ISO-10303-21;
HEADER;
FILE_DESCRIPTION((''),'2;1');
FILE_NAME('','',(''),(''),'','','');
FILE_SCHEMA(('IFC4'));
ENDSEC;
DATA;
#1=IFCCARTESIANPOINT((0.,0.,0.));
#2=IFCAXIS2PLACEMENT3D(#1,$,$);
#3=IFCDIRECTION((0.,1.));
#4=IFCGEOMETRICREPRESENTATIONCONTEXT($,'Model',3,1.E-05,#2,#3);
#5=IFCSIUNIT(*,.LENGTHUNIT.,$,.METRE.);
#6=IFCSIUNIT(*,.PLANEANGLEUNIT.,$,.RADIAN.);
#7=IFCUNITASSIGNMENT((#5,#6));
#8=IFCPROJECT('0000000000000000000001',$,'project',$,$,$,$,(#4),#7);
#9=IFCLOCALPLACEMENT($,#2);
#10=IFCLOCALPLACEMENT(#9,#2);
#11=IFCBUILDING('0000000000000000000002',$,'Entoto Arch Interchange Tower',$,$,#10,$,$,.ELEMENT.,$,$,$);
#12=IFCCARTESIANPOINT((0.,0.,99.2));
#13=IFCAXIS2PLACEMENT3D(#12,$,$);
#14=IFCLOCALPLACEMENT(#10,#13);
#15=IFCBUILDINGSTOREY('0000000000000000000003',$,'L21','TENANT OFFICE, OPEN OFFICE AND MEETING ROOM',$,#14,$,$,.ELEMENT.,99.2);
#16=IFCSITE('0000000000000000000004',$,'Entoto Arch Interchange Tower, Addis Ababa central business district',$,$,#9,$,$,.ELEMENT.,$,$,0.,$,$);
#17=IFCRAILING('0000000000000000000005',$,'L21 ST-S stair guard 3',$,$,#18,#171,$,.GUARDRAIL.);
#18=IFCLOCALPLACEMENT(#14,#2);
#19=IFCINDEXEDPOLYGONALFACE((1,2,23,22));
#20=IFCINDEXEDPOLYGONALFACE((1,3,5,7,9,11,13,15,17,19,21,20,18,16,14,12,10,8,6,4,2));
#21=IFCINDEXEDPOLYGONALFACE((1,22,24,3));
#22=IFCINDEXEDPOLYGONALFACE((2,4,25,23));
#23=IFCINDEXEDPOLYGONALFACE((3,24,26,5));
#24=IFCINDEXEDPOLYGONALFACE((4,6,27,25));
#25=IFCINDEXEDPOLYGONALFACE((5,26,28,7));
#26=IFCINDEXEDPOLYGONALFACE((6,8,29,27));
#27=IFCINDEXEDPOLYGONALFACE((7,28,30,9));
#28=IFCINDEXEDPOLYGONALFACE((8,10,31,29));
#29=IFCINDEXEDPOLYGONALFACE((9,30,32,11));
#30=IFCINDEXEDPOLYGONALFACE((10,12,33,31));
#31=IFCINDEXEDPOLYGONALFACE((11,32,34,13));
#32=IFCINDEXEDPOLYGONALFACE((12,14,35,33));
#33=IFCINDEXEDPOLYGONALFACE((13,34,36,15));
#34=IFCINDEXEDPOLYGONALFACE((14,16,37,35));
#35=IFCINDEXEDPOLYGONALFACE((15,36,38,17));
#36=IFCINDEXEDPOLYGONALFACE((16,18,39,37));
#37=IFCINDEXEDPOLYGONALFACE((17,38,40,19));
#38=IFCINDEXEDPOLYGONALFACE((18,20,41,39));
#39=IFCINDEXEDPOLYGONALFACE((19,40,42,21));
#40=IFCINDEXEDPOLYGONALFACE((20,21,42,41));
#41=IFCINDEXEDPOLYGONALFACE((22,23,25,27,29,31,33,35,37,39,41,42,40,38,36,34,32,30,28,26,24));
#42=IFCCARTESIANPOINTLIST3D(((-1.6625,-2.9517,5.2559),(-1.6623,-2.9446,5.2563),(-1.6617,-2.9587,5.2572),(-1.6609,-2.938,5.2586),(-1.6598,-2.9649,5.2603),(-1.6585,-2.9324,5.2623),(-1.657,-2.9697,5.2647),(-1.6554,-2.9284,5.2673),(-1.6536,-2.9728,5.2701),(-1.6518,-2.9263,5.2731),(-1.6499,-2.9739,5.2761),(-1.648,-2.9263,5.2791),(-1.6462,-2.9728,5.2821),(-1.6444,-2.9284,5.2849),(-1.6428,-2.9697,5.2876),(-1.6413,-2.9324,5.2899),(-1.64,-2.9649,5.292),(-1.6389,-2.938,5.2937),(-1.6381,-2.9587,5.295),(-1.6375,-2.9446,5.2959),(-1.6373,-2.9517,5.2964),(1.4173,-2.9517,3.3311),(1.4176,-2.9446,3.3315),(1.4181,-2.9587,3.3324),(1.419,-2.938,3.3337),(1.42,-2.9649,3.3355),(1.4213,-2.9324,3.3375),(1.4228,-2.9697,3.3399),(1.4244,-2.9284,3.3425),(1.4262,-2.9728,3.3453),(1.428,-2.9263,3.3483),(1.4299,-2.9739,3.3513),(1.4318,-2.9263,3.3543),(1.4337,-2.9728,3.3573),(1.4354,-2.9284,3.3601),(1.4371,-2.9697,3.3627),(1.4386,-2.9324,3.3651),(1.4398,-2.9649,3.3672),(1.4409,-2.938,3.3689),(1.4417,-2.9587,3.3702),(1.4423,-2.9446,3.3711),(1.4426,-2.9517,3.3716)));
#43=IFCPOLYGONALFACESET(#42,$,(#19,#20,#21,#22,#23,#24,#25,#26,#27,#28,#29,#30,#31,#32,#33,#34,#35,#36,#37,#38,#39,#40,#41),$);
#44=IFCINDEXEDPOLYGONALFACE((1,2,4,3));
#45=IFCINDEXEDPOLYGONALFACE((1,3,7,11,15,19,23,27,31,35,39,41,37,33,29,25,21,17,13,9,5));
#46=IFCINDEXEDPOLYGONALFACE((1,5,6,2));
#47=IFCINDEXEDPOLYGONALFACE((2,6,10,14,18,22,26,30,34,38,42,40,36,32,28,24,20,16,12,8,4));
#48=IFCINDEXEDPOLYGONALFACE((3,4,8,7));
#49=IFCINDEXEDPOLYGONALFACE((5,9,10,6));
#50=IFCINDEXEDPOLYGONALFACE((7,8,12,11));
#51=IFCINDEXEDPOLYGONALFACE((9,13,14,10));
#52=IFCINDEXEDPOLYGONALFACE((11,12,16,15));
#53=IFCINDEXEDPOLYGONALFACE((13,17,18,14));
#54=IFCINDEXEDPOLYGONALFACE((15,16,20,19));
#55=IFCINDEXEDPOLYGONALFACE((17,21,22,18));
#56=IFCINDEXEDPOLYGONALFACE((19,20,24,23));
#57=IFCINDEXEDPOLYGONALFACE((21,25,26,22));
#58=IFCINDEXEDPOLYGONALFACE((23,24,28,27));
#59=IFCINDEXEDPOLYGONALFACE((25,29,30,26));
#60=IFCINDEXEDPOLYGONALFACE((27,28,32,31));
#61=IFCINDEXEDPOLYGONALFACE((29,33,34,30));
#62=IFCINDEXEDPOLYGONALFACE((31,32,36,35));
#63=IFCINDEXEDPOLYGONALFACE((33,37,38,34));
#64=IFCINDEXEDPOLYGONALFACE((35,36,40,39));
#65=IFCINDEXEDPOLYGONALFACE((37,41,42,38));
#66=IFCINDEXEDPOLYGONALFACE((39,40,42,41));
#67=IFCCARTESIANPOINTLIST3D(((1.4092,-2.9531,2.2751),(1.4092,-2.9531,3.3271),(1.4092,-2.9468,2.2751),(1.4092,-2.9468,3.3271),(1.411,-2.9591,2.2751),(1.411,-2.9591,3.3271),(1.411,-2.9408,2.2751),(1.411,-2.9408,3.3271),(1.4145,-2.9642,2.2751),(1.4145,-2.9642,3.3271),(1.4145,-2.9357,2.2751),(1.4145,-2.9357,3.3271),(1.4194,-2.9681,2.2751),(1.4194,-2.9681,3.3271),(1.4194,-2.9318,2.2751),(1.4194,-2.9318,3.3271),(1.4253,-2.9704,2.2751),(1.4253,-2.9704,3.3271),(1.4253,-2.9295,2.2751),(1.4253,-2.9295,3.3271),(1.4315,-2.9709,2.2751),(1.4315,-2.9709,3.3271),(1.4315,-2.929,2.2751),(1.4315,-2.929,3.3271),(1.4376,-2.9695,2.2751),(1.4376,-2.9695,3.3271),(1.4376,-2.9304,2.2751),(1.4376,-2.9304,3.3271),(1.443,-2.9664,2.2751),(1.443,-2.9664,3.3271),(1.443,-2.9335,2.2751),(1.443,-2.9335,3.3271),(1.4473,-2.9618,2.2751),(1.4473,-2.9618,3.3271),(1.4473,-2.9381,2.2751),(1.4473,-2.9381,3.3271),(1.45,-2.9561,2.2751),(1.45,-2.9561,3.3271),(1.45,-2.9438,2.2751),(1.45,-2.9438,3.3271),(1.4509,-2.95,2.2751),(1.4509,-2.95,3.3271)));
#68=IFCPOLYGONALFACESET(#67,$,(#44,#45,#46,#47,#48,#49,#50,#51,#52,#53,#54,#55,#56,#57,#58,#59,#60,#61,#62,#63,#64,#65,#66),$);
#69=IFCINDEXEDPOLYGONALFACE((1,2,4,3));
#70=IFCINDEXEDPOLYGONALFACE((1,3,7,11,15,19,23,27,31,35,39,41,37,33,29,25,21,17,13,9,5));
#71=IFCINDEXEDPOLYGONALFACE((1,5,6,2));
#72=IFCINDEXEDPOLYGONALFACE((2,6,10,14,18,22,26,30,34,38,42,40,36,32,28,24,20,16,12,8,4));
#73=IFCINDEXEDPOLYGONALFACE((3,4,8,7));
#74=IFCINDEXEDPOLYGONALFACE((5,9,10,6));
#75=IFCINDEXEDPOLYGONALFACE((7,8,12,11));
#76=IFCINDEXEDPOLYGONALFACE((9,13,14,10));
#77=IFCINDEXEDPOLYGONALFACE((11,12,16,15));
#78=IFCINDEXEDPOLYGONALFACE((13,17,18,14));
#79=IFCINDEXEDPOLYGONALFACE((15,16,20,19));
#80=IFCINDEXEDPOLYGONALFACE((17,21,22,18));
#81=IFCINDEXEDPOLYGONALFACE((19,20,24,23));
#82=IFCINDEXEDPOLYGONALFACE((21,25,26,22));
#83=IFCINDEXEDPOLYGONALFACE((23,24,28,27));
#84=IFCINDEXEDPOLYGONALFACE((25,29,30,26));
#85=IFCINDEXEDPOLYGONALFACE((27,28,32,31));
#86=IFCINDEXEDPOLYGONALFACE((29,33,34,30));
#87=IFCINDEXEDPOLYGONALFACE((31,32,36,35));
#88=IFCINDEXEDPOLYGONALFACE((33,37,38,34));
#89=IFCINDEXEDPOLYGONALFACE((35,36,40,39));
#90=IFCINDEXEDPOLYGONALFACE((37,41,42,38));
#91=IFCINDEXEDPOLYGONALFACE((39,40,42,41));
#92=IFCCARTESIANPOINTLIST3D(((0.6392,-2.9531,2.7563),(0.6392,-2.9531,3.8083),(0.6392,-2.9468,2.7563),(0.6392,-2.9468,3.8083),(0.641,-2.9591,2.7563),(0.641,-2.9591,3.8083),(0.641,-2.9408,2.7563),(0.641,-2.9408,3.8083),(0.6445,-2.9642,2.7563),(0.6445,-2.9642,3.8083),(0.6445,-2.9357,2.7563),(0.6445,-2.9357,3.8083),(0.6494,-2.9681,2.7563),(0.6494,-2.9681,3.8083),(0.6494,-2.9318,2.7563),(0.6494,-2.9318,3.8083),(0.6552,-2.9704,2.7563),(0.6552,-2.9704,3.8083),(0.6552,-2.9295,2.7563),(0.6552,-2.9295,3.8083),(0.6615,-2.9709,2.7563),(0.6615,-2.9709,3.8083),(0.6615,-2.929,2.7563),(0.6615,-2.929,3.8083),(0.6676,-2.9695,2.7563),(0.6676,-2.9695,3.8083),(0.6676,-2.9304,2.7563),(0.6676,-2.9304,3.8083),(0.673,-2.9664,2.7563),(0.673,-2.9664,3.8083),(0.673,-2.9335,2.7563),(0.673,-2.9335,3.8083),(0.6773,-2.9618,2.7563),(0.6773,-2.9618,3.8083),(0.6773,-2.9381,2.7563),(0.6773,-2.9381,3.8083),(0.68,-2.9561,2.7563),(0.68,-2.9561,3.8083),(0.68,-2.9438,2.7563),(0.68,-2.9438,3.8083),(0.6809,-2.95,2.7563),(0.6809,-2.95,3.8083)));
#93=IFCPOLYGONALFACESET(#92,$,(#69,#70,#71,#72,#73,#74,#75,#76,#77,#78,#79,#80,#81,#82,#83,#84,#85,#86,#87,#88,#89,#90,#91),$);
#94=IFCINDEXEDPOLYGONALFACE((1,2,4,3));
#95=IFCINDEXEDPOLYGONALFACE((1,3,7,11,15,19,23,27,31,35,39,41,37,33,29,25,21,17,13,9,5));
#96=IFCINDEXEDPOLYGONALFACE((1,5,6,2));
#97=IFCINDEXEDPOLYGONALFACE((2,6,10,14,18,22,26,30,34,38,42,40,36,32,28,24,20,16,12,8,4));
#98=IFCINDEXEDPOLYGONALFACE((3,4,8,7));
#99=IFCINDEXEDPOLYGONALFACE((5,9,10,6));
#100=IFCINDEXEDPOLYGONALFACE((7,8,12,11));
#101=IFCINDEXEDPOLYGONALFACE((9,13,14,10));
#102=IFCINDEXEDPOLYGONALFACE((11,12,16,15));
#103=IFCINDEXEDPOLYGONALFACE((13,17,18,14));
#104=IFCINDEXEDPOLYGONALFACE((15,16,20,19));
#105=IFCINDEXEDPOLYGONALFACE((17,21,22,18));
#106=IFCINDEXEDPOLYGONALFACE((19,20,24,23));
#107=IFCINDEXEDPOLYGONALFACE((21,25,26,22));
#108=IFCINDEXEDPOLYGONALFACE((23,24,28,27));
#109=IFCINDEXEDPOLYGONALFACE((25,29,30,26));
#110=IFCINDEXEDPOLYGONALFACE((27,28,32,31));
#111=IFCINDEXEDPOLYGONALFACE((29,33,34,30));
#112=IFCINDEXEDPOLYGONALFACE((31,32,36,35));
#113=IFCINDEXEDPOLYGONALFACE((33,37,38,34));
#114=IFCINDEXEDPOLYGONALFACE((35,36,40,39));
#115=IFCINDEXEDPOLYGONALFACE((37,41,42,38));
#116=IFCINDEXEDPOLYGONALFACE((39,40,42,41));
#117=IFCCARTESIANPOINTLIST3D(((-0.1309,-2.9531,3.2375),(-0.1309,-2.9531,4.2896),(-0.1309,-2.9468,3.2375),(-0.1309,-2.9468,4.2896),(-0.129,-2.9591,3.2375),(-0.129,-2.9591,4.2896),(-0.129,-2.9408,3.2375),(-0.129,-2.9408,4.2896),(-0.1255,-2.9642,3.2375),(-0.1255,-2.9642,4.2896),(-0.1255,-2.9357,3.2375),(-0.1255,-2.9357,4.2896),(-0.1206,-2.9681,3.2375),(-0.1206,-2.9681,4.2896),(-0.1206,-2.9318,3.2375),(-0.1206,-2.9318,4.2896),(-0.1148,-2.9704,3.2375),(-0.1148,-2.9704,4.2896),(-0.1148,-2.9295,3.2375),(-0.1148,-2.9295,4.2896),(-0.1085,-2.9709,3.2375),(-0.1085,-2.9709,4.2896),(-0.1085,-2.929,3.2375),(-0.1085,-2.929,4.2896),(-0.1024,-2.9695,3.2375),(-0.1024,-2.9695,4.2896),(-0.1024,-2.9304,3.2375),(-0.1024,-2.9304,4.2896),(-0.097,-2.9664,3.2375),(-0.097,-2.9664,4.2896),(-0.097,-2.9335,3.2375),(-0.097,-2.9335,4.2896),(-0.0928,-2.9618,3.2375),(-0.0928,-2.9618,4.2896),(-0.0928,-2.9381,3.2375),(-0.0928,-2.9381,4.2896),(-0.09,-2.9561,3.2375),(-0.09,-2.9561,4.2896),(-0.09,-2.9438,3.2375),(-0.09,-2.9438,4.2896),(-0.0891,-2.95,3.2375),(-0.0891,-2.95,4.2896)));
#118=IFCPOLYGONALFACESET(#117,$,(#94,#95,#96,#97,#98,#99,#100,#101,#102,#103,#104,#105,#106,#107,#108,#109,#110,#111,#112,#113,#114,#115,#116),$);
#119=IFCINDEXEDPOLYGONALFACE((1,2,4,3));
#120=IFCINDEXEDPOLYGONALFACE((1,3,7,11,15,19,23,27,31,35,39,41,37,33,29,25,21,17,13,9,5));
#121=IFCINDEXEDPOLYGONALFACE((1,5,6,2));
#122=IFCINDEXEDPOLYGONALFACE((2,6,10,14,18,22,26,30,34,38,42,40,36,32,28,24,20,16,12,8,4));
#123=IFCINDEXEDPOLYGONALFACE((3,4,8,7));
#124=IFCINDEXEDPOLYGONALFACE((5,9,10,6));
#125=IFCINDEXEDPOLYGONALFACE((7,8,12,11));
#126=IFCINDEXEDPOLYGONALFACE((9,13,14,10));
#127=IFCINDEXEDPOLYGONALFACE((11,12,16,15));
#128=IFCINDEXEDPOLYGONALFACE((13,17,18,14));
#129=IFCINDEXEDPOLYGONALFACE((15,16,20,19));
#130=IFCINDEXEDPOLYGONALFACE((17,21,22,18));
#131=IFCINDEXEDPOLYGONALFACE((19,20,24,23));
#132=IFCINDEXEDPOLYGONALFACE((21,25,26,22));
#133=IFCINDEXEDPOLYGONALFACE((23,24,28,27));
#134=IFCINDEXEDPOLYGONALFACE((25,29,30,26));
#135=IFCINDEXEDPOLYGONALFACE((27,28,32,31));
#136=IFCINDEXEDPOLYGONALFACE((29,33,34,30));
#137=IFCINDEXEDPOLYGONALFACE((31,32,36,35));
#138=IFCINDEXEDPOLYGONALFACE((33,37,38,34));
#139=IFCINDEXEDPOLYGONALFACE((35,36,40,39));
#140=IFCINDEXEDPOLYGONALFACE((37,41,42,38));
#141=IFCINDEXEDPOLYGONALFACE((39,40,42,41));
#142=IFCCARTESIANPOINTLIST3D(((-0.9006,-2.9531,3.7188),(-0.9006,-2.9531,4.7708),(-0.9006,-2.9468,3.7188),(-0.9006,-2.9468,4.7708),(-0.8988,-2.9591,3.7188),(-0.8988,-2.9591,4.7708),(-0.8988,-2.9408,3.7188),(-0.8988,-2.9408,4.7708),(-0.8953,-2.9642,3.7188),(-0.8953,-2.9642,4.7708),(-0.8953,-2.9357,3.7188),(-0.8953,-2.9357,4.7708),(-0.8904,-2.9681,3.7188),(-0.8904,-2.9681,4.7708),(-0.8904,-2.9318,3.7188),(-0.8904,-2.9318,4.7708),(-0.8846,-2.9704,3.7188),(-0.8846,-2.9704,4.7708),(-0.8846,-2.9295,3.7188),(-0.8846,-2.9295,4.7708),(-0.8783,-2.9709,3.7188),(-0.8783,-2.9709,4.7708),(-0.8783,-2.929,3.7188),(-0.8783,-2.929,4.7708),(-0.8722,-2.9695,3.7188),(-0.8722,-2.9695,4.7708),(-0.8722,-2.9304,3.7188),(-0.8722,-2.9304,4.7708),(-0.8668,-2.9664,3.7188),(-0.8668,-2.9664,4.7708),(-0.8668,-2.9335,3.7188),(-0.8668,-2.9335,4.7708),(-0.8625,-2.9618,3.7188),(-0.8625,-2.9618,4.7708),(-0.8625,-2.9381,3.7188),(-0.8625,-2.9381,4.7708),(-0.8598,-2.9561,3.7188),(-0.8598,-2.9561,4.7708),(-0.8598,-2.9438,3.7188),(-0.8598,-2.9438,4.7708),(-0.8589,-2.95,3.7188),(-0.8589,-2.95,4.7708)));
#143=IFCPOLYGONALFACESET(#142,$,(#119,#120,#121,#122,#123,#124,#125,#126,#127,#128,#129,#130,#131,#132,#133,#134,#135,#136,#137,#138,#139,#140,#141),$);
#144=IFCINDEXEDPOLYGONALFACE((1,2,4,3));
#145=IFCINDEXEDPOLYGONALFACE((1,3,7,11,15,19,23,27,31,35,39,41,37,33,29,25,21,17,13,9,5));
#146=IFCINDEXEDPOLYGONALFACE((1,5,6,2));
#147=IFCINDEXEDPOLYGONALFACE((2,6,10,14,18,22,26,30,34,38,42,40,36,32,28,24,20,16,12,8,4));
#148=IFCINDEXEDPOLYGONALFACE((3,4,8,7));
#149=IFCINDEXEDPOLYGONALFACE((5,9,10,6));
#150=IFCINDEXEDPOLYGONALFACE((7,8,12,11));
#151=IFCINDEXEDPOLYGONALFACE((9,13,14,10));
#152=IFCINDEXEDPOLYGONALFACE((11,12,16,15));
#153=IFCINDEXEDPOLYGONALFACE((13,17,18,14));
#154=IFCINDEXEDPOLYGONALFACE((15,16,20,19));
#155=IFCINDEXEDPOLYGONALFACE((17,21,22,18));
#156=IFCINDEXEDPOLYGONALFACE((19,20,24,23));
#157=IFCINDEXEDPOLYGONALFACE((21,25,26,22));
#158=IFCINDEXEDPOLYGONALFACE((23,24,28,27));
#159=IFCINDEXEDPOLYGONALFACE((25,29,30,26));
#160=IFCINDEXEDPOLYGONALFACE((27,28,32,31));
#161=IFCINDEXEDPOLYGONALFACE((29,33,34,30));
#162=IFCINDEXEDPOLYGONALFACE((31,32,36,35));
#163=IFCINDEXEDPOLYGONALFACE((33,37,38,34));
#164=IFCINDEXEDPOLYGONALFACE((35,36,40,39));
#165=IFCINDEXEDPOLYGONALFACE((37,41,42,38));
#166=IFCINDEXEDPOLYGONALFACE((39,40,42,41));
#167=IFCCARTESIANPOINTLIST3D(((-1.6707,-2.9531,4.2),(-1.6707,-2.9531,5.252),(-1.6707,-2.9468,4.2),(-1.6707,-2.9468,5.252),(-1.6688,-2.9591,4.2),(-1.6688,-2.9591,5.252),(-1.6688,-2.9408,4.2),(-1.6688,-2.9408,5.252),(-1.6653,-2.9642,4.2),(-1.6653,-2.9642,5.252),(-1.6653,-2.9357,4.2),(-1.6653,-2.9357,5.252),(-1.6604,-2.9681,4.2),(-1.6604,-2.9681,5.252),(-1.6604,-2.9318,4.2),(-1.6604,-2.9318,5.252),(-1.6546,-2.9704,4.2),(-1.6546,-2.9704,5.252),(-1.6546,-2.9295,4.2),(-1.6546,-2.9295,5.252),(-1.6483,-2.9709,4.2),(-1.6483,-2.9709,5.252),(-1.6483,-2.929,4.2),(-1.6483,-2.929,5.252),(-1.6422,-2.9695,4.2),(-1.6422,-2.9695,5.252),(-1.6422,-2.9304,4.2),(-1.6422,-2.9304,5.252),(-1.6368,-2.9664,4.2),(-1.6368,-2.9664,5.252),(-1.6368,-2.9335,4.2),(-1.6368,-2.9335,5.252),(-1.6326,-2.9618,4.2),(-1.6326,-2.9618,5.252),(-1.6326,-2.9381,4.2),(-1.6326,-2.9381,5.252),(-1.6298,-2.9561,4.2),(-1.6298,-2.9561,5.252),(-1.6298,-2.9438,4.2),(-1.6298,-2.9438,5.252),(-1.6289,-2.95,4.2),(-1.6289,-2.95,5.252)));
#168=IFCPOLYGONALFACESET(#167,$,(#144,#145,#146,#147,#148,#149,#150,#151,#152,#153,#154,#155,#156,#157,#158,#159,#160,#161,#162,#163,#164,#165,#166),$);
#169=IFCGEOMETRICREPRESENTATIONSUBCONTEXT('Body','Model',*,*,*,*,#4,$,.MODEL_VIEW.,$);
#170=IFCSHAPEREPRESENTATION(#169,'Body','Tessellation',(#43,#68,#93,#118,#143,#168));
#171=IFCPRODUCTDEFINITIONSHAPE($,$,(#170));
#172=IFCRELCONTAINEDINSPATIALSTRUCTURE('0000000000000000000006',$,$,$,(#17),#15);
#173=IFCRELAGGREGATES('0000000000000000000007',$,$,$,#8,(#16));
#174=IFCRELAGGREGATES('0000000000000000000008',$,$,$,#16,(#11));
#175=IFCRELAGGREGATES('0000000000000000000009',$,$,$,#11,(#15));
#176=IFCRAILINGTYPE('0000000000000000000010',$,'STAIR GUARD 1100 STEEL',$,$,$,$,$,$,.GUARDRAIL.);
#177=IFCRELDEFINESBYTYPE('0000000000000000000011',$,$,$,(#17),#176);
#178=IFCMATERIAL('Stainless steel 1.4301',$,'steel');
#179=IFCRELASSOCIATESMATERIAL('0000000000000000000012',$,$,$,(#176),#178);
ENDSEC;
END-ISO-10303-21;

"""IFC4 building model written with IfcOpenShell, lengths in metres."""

from ifc_helpers import new_model, si_unit, direction, frame, origin, origin_2d, place, context, subcontext, project, spatial, circle, extrude, material, type_object, element, save


model = new_model("IFC4")

# Units and contexts
model_context = context("Model", 3, precision=1e-05, world=origin(), true_north=direction((0.0, 1.0)))
body_context = subcontext(model_context, "Body", "Model", "MODEL_VIEW")
ifc_project = project(units=[si_unit("LENGTHUNIT", "METRE"), si_unit("PLANEANGLEUNIT", "RADIAN")], contexts=[model_context])

# Site, building, storey
site_placement = place(None, origin())
site = spatial("IfcSite", under=ifc_project, at=site_placement, Name="Entoto Arch Interchange Tower, Addis Ababa central business district", CompositionType="ELEMENT", RefElevation=0.0)
building_placement = place(site_placement, origin())
building = spatial("IfcBuilding", under=site, at=building_placement, Name="Entoto Arch Interchange Tower", CompositionType="ELEMENT")
storey_placement = place(building_placement, frame((0.0, 0.0, 99.2)))
storey = spatial("IfcBuildingStorey", under=building, at=storey_placement, Name="L21", Description="TENANT OFFICE, OPEN OFFICE AND MEETING ROOM", CompositionType="ELEMENT", Elevation=99.2)

# Railing
ifc_material_1 = material(Name="Stainless steel 1.4301", Category="steel")
railing_type_1 = type_object("IfcRailingType", Name="STAIR GUARD 1100 STEEL", PredefinedType="GUARDRAIL", material=ifc_material_1)
railing_1_placement = place(storey_placement, frame((1.4299, -2.95, 2.2751)))
element("IfcRailing", 1, at=railing_1_placement, inside=storey, type_object=railing_type_1, Name="L21 ST-S stair guard 3", PredefinedType="GUARDRAIL", context=body_context, shape_type="SweptSolid", body=[
    extrude(circle(Radius=0.0239, at=origin_2d()), frame((0.0, 0.0, 1.0762), z_axis=(-0.84801, 0.0, 0.529981), x_axis=(0.0, -1.0, 0.0)), (0.0, 0.0, 1.0), 3.6318),
    extrude(circle(Radius=0.021, at=origin_2d()), origin(), (0.0, 0.0, 1.0), 1.052),
    extrude(circle(Radius=0.021, at=origin_2d()), frame((-0.77, 0.0, 0.4812)), (0.0, 0.0, 1.0), 1.052),
    extrude(circle(Radius=0.021, at=origin_2d()), frame((-1.54, 0.0, 0.9624)), (0.0, 0.0, 1.0), 1.052),
    extrude(circle(Radius=0.021, at=origin_2d()), frame((-2.3098, 0.0, 1.4436)), (0.0, 0.0, 1.0), 1.052),
    extrude(circle(Radius=0.021, at=origin_2d()), frame((-3.0798, 0.0, 1.9248)), (0.0, 0.0, 1.0), 1.052),
])

save(model, "model.ifc")
